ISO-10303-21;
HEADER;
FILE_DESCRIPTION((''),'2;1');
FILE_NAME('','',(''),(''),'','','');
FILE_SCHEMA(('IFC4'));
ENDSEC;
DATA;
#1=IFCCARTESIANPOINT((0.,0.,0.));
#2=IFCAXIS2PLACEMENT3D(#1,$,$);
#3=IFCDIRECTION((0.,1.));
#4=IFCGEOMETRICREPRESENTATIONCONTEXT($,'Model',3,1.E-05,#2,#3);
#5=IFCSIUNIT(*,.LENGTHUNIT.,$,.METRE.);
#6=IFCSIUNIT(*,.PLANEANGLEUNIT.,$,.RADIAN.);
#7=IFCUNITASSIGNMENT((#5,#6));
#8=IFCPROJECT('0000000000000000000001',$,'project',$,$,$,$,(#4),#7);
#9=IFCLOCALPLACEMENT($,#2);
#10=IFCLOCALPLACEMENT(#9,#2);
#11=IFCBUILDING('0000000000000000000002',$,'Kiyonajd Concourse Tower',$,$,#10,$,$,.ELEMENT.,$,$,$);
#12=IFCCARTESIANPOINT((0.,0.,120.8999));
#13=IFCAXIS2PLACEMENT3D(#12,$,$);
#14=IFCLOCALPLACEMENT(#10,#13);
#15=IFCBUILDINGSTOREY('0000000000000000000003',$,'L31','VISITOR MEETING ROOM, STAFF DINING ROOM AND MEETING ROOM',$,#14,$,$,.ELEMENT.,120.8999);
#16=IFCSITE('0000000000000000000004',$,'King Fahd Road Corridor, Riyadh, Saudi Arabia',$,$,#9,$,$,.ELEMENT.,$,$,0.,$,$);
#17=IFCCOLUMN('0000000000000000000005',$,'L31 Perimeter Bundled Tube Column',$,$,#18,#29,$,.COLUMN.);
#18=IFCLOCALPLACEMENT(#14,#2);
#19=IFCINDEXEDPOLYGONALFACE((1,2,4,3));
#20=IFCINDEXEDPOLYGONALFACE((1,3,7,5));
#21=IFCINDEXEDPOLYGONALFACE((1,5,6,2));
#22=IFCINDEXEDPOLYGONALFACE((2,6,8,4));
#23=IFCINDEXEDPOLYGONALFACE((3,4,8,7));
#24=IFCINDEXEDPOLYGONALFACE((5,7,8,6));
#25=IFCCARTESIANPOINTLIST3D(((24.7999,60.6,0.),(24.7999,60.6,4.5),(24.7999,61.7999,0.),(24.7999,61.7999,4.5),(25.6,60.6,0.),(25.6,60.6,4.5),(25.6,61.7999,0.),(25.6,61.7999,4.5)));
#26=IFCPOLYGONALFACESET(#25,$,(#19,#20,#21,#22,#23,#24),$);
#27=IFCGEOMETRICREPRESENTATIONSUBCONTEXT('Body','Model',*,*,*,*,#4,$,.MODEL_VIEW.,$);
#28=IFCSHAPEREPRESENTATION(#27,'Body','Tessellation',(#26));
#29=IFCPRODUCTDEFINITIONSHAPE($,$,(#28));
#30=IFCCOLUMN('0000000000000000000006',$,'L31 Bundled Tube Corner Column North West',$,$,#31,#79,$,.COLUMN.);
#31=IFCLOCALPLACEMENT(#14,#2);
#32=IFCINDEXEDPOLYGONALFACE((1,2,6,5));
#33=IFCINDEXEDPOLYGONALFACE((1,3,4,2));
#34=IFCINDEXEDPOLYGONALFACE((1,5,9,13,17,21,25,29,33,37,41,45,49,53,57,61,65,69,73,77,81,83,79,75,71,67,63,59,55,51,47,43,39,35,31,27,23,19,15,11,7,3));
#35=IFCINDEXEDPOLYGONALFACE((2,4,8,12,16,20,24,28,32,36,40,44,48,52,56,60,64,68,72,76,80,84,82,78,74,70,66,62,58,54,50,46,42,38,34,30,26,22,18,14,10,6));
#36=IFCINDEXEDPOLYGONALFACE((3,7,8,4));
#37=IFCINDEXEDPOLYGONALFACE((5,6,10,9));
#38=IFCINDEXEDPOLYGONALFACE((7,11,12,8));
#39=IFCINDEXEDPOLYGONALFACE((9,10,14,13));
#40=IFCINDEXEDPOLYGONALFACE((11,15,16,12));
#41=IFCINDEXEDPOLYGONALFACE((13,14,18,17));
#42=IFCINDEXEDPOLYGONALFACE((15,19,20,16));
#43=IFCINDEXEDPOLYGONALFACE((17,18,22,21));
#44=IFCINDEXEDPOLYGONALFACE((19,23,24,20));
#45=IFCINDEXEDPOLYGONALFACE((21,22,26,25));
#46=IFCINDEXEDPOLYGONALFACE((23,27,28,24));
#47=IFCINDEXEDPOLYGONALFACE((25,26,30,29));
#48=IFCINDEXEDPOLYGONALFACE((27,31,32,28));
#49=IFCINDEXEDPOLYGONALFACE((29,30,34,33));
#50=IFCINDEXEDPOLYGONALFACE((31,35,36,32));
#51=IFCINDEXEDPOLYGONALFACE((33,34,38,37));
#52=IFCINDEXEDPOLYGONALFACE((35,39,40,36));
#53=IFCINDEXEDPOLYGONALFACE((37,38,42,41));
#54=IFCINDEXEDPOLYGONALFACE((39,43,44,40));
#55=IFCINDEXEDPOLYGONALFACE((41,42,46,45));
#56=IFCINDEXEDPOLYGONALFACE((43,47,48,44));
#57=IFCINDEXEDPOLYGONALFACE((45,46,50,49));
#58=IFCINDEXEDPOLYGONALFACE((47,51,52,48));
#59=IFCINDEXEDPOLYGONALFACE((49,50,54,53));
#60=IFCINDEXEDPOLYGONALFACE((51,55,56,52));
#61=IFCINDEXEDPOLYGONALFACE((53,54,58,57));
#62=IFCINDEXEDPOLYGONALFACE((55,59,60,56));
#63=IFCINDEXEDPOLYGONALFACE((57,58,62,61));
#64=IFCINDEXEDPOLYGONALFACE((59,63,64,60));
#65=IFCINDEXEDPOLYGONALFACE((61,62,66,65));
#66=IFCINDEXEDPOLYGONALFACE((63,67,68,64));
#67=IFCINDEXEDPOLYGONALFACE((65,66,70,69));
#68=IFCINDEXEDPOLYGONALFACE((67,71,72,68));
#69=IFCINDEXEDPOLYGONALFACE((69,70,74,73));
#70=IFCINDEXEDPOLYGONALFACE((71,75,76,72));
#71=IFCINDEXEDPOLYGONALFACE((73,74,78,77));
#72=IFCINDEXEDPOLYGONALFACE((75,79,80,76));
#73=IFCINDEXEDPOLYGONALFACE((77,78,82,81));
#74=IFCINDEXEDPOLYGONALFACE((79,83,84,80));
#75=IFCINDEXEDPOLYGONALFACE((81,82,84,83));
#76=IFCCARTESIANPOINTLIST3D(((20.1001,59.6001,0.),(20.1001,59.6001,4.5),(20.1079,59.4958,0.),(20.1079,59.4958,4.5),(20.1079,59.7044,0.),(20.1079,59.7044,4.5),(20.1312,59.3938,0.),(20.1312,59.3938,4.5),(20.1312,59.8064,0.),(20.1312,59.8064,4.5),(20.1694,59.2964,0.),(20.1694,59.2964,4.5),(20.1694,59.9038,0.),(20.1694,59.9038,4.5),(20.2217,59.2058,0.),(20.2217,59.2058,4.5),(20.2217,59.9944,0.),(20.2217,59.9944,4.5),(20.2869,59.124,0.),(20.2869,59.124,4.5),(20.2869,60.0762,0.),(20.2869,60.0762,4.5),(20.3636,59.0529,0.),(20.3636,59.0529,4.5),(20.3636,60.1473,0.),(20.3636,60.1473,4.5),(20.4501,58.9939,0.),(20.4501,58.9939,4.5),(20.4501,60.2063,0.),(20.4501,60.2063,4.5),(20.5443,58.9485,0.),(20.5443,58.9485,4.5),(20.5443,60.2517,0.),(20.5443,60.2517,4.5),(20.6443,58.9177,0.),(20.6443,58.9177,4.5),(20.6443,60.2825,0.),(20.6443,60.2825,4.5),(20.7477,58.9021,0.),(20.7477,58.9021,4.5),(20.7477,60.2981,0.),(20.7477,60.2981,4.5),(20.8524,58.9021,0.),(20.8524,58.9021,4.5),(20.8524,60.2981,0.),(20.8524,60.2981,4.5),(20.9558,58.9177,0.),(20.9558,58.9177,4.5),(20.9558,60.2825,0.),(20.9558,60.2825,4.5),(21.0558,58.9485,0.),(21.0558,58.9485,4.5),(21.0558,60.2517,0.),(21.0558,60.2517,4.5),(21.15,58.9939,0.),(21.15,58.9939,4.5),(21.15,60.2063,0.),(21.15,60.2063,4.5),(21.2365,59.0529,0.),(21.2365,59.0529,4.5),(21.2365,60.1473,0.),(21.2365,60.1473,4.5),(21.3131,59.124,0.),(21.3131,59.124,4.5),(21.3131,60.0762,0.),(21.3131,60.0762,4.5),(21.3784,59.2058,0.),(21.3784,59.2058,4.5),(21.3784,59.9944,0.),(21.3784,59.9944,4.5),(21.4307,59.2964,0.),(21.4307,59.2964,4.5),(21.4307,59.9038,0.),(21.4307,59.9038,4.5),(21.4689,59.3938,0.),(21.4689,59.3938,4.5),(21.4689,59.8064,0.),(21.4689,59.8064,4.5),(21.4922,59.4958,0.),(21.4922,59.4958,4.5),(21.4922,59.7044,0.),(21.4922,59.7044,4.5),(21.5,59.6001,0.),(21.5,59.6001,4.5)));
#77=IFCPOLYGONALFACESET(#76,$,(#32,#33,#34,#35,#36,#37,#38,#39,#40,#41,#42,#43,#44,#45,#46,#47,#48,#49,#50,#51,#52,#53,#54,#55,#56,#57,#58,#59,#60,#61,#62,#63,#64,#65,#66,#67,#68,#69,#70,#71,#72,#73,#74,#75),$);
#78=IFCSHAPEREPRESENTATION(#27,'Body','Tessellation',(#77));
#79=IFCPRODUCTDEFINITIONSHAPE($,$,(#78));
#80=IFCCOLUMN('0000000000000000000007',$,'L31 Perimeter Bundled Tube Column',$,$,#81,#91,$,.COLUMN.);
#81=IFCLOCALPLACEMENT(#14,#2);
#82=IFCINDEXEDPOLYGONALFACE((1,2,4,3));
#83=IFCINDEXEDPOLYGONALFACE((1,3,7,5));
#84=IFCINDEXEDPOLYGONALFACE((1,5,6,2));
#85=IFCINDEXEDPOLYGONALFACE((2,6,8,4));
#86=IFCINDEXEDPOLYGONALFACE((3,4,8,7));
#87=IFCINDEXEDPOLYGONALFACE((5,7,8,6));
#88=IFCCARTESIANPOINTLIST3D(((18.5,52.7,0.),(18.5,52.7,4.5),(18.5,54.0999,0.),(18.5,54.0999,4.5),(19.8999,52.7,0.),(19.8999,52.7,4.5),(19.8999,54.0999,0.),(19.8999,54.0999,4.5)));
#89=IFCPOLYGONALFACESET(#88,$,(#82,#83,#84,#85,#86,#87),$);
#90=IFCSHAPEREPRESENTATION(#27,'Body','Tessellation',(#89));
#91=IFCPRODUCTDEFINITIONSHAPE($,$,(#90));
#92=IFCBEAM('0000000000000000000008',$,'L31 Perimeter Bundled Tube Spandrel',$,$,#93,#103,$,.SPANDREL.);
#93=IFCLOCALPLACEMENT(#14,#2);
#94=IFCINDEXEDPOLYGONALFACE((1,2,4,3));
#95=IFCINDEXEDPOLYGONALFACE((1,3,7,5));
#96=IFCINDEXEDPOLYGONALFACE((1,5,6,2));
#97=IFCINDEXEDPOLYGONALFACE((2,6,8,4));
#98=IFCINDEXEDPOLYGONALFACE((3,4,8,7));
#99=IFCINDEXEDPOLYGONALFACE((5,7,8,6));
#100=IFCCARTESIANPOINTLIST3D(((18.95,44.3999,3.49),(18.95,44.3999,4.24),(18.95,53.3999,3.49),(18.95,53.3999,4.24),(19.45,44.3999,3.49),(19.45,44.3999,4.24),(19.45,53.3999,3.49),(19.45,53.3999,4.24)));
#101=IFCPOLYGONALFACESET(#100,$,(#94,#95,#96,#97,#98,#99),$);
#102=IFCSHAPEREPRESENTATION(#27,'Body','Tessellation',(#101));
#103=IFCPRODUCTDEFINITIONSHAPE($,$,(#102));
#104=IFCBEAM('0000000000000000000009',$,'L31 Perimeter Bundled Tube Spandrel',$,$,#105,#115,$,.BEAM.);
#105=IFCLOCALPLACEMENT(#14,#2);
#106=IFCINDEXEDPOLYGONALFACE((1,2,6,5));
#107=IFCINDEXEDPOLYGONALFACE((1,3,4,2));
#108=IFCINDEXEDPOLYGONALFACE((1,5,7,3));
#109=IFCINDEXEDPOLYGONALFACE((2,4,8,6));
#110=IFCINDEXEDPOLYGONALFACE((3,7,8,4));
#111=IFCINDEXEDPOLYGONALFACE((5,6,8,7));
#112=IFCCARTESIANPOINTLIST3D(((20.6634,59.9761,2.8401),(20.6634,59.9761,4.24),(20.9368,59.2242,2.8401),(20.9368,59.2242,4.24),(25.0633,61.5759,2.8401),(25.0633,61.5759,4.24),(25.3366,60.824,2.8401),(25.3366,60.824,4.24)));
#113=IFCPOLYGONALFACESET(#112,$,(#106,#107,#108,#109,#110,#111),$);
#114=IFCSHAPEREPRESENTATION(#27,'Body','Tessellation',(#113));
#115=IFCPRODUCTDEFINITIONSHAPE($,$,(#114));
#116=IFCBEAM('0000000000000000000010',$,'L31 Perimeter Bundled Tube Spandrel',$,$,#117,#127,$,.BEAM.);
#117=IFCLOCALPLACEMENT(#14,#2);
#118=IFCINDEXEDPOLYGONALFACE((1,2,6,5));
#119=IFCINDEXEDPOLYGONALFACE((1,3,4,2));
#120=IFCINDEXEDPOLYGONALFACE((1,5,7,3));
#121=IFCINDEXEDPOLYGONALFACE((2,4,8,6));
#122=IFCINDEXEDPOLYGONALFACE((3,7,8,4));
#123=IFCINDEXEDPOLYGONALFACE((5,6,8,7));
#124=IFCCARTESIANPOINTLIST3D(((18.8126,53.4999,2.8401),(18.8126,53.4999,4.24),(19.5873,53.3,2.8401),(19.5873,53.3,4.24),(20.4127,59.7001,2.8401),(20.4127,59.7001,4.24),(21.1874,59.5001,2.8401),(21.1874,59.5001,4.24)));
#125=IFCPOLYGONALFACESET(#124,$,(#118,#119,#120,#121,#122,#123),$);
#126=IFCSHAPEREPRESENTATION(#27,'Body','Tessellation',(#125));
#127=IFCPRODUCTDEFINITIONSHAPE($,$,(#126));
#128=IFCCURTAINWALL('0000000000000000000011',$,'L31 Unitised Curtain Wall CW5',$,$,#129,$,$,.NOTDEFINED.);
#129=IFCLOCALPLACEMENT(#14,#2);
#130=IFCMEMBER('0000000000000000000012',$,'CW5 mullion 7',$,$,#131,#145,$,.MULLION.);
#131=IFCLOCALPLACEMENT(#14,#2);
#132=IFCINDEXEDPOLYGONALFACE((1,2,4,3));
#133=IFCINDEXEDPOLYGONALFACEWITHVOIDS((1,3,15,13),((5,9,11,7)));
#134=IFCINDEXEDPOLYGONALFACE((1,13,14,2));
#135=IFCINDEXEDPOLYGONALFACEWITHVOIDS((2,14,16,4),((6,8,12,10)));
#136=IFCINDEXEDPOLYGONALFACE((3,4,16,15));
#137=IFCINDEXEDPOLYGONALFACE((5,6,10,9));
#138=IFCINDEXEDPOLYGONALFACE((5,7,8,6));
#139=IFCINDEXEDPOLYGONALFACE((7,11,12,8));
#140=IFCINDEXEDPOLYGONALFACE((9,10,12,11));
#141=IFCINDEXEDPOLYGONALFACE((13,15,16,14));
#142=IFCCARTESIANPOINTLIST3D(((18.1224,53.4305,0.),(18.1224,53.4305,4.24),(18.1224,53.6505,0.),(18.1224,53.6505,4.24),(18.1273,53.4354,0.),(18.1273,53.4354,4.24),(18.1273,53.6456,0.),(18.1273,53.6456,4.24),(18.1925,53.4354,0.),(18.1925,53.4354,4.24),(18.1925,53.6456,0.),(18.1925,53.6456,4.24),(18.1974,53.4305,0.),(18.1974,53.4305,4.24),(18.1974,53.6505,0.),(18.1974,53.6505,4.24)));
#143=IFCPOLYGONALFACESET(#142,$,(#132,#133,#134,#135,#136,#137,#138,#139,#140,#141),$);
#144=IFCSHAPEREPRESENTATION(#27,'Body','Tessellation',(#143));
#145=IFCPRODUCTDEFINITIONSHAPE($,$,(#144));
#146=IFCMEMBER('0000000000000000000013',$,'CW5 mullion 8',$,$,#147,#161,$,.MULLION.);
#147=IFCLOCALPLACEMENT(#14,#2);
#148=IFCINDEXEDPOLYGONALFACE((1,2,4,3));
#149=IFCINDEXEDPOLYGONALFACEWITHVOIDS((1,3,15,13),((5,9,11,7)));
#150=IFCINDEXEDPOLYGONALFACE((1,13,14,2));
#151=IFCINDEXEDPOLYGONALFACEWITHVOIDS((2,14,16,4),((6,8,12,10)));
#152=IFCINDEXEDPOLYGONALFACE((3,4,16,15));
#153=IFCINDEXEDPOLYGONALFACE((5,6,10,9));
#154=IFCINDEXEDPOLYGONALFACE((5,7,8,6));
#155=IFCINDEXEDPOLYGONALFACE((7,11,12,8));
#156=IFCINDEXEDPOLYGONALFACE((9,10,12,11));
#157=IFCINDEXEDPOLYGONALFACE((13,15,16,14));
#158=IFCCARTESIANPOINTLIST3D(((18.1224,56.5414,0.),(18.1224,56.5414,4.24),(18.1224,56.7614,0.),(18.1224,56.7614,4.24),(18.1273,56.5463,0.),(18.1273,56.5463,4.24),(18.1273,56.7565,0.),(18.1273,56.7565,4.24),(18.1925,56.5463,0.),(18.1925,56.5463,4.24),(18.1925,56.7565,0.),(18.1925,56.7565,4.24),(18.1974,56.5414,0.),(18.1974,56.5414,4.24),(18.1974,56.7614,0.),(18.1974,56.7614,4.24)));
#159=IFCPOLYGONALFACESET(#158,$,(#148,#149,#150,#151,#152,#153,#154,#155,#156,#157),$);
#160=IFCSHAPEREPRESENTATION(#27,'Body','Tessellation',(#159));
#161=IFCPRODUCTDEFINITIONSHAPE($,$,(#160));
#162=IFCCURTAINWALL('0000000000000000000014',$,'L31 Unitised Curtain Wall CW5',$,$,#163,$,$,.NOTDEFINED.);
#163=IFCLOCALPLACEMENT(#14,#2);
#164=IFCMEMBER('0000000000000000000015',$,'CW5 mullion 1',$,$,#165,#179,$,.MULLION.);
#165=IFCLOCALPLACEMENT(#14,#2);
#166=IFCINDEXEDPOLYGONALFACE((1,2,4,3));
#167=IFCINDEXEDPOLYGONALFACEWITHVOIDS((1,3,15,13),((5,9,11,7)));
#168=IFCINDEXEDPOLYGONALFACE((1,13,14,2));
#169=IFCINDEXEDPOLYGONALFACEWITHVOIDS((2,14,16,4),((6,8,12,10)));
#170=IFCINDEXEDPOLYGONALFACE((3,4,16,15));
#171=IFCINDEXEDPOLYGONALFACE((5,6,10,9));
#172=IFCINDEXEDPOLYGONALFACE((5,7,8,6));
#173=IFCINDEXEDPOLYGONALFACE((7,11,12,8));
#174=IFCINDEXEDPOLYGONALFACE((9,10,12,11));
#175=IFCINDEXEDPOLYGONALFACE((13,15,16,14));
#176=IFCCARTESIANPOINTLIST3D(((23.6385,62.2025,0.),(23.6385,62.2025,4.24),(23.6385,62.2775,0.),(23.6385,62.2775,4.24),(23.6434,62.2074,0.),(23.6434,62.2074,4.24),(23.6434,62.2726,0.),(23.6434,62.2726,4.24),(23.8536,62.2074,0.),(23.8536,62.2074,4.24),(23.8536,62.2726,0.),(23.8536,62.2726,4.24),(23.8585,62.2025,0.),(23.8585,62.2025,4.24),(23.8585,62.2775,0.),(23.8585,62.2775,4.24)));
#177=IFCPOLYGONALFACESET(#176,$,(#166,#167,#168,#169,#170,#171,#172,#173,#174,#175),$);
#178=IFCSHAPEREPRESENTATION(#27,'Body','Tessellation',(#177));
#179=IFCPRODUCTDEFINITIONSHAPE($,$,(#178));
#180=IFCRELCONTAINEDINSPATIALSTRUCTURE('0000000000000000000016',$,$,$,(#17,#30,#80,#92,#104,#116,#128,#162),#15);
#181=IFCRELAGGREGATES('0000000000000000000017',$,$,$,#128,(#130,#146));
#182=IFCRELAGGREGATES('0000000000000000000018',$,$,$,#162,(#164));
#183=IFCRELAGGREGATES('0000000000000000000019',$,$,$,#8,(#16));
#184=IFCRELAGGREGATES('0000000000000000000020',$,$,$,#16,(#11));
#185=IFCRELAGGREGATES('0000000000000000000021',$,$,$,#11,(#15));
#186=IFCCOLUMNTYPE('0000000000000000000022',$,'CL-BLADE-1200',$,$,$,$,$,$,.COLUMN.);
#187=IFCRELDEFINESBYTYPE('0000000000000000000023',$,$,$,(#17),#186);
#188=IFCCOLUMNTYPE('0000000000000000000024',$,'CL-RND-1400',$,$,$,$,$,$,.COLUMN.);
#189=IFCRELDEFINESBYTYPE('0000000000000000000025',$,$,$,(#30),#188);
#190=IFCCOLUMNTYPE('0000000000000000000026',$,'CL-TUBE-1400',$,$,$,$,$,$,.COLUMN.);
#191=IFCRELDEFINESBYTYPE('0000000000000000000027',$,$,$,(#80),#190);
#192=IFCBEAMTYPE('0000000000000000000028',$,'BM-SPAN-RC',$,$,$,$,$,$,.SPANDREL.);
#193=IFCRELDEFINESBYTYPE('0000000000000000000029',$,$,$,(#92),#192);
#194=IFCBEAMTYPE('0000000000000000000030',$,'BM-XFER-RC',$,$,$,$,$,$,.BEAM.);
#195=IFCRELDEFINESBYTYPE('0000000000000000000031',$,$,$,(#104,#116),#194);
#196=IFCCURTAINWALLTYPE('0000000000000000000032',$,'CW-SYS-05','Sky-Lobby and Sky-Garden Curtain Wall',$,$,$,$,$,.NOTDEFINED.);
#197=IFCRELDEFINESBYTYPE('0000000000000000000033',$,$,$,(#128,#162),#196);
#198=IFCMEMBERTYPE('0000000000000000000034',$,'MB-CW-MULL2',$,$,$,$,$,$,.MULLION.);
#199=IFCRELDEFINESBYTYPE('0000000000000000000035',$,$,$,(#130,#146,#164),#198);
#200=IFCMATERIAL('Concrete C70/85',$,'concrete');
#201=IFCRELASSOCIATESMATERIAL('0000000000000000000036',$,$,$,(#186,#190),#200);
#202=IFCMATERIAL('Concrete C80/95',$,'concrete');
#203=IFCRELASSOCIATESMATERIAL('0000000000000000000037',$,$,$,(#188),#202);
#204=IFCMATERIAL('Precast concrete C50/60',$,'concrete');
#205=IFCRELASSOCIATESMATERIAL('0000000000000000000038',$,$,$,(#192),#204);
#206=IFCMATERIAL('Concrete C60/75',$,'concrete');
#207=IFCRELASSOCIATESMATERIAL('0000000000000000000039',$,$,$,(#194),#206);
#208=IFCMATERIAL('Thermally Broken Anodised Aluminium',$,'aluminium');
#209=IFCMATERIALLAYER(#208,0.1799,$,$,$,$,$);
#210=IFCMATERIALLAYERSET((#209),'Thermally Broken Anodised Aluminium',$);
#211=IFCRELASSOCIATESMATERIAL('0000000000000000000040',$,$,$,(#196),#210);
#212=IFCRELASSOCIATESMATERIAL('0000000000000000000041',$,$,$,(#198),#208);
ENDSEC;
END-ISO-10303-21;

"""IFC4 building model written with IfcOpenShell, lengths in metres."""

from ifc_helpers import new_model, si_unit, direction, frame, origin, origin_2d, place, context, subcontext, project, spatial, rectangle, hollow_rectangle, circle, extrude, material, layer, layer_set, material_profile, profile_set, type_object, element, aggregate, save


model = new_model("IFC4")

# Units and contexts
model_context = context("Model", 3, precision=1e-05, world=origin(), true_north=direction((0.0, 1.0)))
body_context = subcontext(model_context, "Body", "Model", "MODEL_VIEW")
ifc_project = project(units=[si_unit("LENGTHUNIT", "METRE"), si_unit("PLANEANGLEUNIT", "RADIAN")], contexts=[model_context])

# Site, building, storey
site_placement = place(None, origin())
site = spatial("IfcSite", under=ifc_project, at=site_placement, Name="King Fahd Road Corridor, Riyadh, Saudi Arabia", CompositionType="ELEMENT", RefElevation=0.0)
building_placement = place(site_placement, origin())
building = spatial("IfcBuilding", under=site, at=building_placement, Name="Kiyonajd Concourse Tower", CompositionType="ELEMENT")
storey_placement = place(building_placement, frame((0.0, 0.0, 120.8999)))
storey = spatial("IfcBuildingStorey", under=building, at=storey_placement, Name="L31", Description="VISITOR MEETING ROOM, STAFF DINING ROOM AND MEETING ROOM", CompositionType="ELEMENT", Elevation=120.8999)

# Columns
ifc_material_1 = material(Name="Concrete C70/85", Category="concrete")
ifc_material_profile_1 = material_profile(ifc_material_1, rectangle(XDim=0.8, YDim=1.2, at=origin_2d()), Name="RC-1200x800")
ifc_profile_set_1 = profile_set([ifc_material_profile_1], Name="Concrete C70/85")
column_type_1 = type_object("IfcColumnType", Name="CL-BLADE-1200", PredefinedType="COLUMN", material=ifc_profile_set_1)
column_1_placement = place(storey_placement, frame((25.2, 61.2, 0.0), z_axis=(0.0, 0.0, 1.0), x_axis=(1.0, 0.0, 0.0)))
element("IfcColumn", 1, at=column_1_placement, inside=storey, type_object=column_type_1, Name="L31 Perimeter Bundled Tube Column", PredefinedType="COLUMN", context=body_context, shape_type="SweptSolid", body=[
    extrude(rectangle(XDim=0.8, YDim=1.2, at=origin_2d()), origin(), (0.0, 0.0, 1.0), 4.5),
])
ifc_material_2 = material(Name="Concrete C80/95", Category="concrete")
ifc_material_profile_2 = material_profile(ifc_material_2, circle(Radius=0.7, at=origin_2d()), Name="RCC-D1400")
ifc_profile_set_2 = profile_set([ifc_material_profile_2], Name="Concrete C80/95")
column_type_2 = type_object("IfcColumnType", Name="CL-RND-1400", PredefinedType="COLUMN", material=ifc_profile_set_2)
column_2_placement = place(storey_placement, frame((20.8, 59.6001, 0.0), z_axis=(0.0, 0.0, 1.0), x_axis=(1.0, 0.0, 0.0)))
element("IfcColumn", 2, at=column_2_placement, inside=storey, type_object=column_type_2, Name="L31 Bundled Tube Corner Column North West", PredefinedType="COLUMN", context=body_context, shape_type="SweptSolid", body=[
    extrude(circle(Radius=0.7, at=origin_2d()), origin(), (0.0, 0.0, 1.0), 4.5),
])
ifc_material_profile_3 = material_profile(ifc_material_1, rectangle(XDim=1.3999, YDim=1.3999, at=origin_2d()), Name="RC-1400x1400")
ifc_profile_set_3 = profile_set([ifc_material_profile_3], Name="Concrete C70/85")
column_type_3 = type_object("IfcColumnType", Name="CL-TUBE-1400", PredefinedType="COLUMN", material=ifc_profile_set_3)
column_3_placement = place(storey_placement, frame((19.2, 53.3999, 0.0), z_axis=(0.0, 0.0, 1.0), x_axis=(1.0, 0.0, 0.0)))
element("IfcColumn", 3, at=column_3_placement, inside=storey, type_object=column_type_3, Name="L31 Perimeter Bundled Tube Column", PredefinedType="COLUMN", context=body_context, shape_type="SweptSolid", body=[
    extrude(rectangle(XDim=1.3999, YDim=1.3999, at=origin_2d()), origin(), (0.0, 0.0, 1.0), 4.5),
])

# Beams
ifc_material_3 = material(Name="Precast concrete C50/60", Category="concrete")
ifc_material_profile_4 = material_profile(ifc_material_3, rectangle(XDim=0.5, YDim=0.75, at=origin_2d()), Name="RCBM-500x750")
ifc_profile_set_4 = profile_set([ifc_material_profile_4], Name="Precast concrete C50/60")
beam_type_1 = type_object("IfcBeamType", Name="BM-SPAN-RC", PredefinedType="SPANDREL", material=ifc_profile_set_4)
beam_1_placement = place(storey_placement, frame((19.2, 53.3999, 3.865), z_axis=(0.0, -1.0, 0.0), x_axis=(1.0, 0.0, 0.0)))
element("IfcBeam", 4, at=beam_1_placement, inside=storey, type_object=beam_type_1, Name="L31 Perimeter Bundled Tube Spandrel", PredefinedType="SPANDREL", context=body_context, shape_type="SweptSolid", body=[
    extrude(rectangle(XDim=0.5, YDim=0.75, at=origin_2d()), origin(), (0.0, 0.0, 1.0), 9.0),
])
ifc_material_4 = material(Name="Concrete C60/75", Category="concrete")
ifc_material_profile_5 = material_profile(ifc_material_4, rectangle(XDim=0.8, YDim=1.3999, at=origin_2d()), Name="RCBM-800x1400")
ifc_profile_set_5 = profile_set([ifc_material_profile_5], Name="Concrete C60/75")
beam_type_2 = type_object("IfcBeamType", Name="BM-XFER-RC", PredefinedType="BEAM", material=ifc_profile_set_5)
beam_2_placement = place(storey_placement, frame((25.2, 61.2, 3.54), z_axis=(-0.939801, -0.341722, 0.0), x_axis=(0.341722, -0.939801, 0.0)))
element("IfcBeam", 5, at=beam_2_placement, inside=storey, type_object=beam_type_2, Name="L31 Perimeter Bundled Tube Spandrel", PredefinedType="BEAM", context=body_context, shape_type="SweptSolid", body=[
    extrude(rectangle(XDim=0.8, YDim=1.3999, at=origin_2d()), origin(), (0.0, 0.0, 1.0), 4.6816),
])
beam_3_placement = place(storey_placement, frame((20.8, 59.6001, 3.54), z_axis=(-0.249885, -0.968276, 0.0), x_axis=(0.968276, -0.249885, 0.0)))
element("IfcBeam", 6, at=beam_3_placement, inside=storey, type_object=beam_type_2, Name="L31 Perimeter Bundled Tube Spandrel", PredefinedType="BEAM", context=body_context, shape_type="SweptSolid", body=[
    extrude(rectangle(XDim=0.8, YDim=1.3999, at=origin_2d()), origin(), (0.0, 0.0, 1.0), 6.4033),
])

# Curtain walls, members
ifc_material_5 = material(Name="Thermally Broken Anodised Aluminium", Category="aluminium")
ifc_layer_1 = layer(ifc_material_5, 0.1799)
ifc_layer_set_1 = layer_set([ifc_layer_1], Name="Thermally Broken Anodised Aluminium")
curtain_wall_type = type_object("IfcCurtainWallType", Name="CW-SYS-05", Description="Sky-Lobby and Sky-Garden Curtain Wall", PredefinedType="NOTDEFINED", material=ifc_layer_set_1)
curtain_wall_1_placement = place(storey_placement, origin())
curtain_wall_1 = element("IfcCurtainWall", 7, at=curtain_wall_1_placement, inside=storey, type_object=curtain_wall_type, Name="L31 Unitised Curtain Wall CW5", PredefinedType="NOTDEFINED")
ifc_material_profile_6 = material_profile(ifc_material_5, hollow_rectangle(XDim=0.075, YDim=0.22, WallThickness=0.0049, at=origin_2d()), Name="MULL-75x220")
ifc_profile_set_6 = profile_set([ifc_material_profile_6], Name="Thermally Broken Anodised Aluminium")
member_type_1 = type_object("IfcMemberType", Name="MB-CW-MULL2", PredefinedType="MULLION", material=ifc_profile_set_6)
member_1_placement = place(storey_placement, frame((18.1599, 53.5405, 0.0), z_axis=(0.0, 0.0, 1.0), x_axis=(-1.0, 0.0, 0.0)))
member_1 = element("IfcMember", 8, at=member_1_placement, type_object=member_type_1, Name="CW5 mullion 7", PredefinedType="MULLION", context=body_context, shape_type="SweptSolid", body=[
    extrude(hollow_rectangle(XDim=0.075, YDim=0.22, WallThickness=0.0049, at=origin_2d()), origin(), (0.0, 0.0, 1.0), 4.24),
])
member_2_placement = place(storey_placement, frame((18.1599, 56.6514, 0.0), z_axis=(0.0, 0.0, 1.0), x_axis=(-1.0, 0.0, 0.0)))
member_2 = element("IfcMember", 9, at=member_2_placement, type_object=member_type_1, Name="CW5 mullion 8", PredefinedType="MULLION", context=body_context, shape_type="SweptSolid", body=[
    extrude(hollow_rectangle(XDim=0.075, YDim=0.22, WallThickness=0.0049, at=origin_2d()), origin(), (0.0, 0.0, 1.0), 4.24),
])
curtain_wall_2_placement = place(storey_placement, origin())
curtain_wall_2 = element("IfcCurtainWall", 10, at=curtain_wall_2_placement, inside=storey, type_object=curtain_wall_type, Name="L31 Unitised Curtain Wall CW5", PredefinedType="NOTDEFINED")
member_3_placement = place(storey_placement, frame((23.7485, 62.24, 0.0), z_axis=(0.0, 0.0, 1.0), x_axis=(0.0, 1.0, 0.0)))
member_3 = element("IfcMember", 11, at=member_3_placement, type_object=member_type_1, Name="CW5 mullion 1", PredefinedType="MULLION", context=body_context, shape_type="SweptSolid", body=[
    extrude(hollow_rectangle(XDim=0.075, YDim=0.22, WallThickness=0.0049, at=origin_2d()), origin(), (0.0, 0.0, 1.0), 4.24),
])

aggregate(curtain_wall_1, [member_1, member_2])
aggregate(curtain_wall_2, [member_3])

save(model, "model.ifc")
